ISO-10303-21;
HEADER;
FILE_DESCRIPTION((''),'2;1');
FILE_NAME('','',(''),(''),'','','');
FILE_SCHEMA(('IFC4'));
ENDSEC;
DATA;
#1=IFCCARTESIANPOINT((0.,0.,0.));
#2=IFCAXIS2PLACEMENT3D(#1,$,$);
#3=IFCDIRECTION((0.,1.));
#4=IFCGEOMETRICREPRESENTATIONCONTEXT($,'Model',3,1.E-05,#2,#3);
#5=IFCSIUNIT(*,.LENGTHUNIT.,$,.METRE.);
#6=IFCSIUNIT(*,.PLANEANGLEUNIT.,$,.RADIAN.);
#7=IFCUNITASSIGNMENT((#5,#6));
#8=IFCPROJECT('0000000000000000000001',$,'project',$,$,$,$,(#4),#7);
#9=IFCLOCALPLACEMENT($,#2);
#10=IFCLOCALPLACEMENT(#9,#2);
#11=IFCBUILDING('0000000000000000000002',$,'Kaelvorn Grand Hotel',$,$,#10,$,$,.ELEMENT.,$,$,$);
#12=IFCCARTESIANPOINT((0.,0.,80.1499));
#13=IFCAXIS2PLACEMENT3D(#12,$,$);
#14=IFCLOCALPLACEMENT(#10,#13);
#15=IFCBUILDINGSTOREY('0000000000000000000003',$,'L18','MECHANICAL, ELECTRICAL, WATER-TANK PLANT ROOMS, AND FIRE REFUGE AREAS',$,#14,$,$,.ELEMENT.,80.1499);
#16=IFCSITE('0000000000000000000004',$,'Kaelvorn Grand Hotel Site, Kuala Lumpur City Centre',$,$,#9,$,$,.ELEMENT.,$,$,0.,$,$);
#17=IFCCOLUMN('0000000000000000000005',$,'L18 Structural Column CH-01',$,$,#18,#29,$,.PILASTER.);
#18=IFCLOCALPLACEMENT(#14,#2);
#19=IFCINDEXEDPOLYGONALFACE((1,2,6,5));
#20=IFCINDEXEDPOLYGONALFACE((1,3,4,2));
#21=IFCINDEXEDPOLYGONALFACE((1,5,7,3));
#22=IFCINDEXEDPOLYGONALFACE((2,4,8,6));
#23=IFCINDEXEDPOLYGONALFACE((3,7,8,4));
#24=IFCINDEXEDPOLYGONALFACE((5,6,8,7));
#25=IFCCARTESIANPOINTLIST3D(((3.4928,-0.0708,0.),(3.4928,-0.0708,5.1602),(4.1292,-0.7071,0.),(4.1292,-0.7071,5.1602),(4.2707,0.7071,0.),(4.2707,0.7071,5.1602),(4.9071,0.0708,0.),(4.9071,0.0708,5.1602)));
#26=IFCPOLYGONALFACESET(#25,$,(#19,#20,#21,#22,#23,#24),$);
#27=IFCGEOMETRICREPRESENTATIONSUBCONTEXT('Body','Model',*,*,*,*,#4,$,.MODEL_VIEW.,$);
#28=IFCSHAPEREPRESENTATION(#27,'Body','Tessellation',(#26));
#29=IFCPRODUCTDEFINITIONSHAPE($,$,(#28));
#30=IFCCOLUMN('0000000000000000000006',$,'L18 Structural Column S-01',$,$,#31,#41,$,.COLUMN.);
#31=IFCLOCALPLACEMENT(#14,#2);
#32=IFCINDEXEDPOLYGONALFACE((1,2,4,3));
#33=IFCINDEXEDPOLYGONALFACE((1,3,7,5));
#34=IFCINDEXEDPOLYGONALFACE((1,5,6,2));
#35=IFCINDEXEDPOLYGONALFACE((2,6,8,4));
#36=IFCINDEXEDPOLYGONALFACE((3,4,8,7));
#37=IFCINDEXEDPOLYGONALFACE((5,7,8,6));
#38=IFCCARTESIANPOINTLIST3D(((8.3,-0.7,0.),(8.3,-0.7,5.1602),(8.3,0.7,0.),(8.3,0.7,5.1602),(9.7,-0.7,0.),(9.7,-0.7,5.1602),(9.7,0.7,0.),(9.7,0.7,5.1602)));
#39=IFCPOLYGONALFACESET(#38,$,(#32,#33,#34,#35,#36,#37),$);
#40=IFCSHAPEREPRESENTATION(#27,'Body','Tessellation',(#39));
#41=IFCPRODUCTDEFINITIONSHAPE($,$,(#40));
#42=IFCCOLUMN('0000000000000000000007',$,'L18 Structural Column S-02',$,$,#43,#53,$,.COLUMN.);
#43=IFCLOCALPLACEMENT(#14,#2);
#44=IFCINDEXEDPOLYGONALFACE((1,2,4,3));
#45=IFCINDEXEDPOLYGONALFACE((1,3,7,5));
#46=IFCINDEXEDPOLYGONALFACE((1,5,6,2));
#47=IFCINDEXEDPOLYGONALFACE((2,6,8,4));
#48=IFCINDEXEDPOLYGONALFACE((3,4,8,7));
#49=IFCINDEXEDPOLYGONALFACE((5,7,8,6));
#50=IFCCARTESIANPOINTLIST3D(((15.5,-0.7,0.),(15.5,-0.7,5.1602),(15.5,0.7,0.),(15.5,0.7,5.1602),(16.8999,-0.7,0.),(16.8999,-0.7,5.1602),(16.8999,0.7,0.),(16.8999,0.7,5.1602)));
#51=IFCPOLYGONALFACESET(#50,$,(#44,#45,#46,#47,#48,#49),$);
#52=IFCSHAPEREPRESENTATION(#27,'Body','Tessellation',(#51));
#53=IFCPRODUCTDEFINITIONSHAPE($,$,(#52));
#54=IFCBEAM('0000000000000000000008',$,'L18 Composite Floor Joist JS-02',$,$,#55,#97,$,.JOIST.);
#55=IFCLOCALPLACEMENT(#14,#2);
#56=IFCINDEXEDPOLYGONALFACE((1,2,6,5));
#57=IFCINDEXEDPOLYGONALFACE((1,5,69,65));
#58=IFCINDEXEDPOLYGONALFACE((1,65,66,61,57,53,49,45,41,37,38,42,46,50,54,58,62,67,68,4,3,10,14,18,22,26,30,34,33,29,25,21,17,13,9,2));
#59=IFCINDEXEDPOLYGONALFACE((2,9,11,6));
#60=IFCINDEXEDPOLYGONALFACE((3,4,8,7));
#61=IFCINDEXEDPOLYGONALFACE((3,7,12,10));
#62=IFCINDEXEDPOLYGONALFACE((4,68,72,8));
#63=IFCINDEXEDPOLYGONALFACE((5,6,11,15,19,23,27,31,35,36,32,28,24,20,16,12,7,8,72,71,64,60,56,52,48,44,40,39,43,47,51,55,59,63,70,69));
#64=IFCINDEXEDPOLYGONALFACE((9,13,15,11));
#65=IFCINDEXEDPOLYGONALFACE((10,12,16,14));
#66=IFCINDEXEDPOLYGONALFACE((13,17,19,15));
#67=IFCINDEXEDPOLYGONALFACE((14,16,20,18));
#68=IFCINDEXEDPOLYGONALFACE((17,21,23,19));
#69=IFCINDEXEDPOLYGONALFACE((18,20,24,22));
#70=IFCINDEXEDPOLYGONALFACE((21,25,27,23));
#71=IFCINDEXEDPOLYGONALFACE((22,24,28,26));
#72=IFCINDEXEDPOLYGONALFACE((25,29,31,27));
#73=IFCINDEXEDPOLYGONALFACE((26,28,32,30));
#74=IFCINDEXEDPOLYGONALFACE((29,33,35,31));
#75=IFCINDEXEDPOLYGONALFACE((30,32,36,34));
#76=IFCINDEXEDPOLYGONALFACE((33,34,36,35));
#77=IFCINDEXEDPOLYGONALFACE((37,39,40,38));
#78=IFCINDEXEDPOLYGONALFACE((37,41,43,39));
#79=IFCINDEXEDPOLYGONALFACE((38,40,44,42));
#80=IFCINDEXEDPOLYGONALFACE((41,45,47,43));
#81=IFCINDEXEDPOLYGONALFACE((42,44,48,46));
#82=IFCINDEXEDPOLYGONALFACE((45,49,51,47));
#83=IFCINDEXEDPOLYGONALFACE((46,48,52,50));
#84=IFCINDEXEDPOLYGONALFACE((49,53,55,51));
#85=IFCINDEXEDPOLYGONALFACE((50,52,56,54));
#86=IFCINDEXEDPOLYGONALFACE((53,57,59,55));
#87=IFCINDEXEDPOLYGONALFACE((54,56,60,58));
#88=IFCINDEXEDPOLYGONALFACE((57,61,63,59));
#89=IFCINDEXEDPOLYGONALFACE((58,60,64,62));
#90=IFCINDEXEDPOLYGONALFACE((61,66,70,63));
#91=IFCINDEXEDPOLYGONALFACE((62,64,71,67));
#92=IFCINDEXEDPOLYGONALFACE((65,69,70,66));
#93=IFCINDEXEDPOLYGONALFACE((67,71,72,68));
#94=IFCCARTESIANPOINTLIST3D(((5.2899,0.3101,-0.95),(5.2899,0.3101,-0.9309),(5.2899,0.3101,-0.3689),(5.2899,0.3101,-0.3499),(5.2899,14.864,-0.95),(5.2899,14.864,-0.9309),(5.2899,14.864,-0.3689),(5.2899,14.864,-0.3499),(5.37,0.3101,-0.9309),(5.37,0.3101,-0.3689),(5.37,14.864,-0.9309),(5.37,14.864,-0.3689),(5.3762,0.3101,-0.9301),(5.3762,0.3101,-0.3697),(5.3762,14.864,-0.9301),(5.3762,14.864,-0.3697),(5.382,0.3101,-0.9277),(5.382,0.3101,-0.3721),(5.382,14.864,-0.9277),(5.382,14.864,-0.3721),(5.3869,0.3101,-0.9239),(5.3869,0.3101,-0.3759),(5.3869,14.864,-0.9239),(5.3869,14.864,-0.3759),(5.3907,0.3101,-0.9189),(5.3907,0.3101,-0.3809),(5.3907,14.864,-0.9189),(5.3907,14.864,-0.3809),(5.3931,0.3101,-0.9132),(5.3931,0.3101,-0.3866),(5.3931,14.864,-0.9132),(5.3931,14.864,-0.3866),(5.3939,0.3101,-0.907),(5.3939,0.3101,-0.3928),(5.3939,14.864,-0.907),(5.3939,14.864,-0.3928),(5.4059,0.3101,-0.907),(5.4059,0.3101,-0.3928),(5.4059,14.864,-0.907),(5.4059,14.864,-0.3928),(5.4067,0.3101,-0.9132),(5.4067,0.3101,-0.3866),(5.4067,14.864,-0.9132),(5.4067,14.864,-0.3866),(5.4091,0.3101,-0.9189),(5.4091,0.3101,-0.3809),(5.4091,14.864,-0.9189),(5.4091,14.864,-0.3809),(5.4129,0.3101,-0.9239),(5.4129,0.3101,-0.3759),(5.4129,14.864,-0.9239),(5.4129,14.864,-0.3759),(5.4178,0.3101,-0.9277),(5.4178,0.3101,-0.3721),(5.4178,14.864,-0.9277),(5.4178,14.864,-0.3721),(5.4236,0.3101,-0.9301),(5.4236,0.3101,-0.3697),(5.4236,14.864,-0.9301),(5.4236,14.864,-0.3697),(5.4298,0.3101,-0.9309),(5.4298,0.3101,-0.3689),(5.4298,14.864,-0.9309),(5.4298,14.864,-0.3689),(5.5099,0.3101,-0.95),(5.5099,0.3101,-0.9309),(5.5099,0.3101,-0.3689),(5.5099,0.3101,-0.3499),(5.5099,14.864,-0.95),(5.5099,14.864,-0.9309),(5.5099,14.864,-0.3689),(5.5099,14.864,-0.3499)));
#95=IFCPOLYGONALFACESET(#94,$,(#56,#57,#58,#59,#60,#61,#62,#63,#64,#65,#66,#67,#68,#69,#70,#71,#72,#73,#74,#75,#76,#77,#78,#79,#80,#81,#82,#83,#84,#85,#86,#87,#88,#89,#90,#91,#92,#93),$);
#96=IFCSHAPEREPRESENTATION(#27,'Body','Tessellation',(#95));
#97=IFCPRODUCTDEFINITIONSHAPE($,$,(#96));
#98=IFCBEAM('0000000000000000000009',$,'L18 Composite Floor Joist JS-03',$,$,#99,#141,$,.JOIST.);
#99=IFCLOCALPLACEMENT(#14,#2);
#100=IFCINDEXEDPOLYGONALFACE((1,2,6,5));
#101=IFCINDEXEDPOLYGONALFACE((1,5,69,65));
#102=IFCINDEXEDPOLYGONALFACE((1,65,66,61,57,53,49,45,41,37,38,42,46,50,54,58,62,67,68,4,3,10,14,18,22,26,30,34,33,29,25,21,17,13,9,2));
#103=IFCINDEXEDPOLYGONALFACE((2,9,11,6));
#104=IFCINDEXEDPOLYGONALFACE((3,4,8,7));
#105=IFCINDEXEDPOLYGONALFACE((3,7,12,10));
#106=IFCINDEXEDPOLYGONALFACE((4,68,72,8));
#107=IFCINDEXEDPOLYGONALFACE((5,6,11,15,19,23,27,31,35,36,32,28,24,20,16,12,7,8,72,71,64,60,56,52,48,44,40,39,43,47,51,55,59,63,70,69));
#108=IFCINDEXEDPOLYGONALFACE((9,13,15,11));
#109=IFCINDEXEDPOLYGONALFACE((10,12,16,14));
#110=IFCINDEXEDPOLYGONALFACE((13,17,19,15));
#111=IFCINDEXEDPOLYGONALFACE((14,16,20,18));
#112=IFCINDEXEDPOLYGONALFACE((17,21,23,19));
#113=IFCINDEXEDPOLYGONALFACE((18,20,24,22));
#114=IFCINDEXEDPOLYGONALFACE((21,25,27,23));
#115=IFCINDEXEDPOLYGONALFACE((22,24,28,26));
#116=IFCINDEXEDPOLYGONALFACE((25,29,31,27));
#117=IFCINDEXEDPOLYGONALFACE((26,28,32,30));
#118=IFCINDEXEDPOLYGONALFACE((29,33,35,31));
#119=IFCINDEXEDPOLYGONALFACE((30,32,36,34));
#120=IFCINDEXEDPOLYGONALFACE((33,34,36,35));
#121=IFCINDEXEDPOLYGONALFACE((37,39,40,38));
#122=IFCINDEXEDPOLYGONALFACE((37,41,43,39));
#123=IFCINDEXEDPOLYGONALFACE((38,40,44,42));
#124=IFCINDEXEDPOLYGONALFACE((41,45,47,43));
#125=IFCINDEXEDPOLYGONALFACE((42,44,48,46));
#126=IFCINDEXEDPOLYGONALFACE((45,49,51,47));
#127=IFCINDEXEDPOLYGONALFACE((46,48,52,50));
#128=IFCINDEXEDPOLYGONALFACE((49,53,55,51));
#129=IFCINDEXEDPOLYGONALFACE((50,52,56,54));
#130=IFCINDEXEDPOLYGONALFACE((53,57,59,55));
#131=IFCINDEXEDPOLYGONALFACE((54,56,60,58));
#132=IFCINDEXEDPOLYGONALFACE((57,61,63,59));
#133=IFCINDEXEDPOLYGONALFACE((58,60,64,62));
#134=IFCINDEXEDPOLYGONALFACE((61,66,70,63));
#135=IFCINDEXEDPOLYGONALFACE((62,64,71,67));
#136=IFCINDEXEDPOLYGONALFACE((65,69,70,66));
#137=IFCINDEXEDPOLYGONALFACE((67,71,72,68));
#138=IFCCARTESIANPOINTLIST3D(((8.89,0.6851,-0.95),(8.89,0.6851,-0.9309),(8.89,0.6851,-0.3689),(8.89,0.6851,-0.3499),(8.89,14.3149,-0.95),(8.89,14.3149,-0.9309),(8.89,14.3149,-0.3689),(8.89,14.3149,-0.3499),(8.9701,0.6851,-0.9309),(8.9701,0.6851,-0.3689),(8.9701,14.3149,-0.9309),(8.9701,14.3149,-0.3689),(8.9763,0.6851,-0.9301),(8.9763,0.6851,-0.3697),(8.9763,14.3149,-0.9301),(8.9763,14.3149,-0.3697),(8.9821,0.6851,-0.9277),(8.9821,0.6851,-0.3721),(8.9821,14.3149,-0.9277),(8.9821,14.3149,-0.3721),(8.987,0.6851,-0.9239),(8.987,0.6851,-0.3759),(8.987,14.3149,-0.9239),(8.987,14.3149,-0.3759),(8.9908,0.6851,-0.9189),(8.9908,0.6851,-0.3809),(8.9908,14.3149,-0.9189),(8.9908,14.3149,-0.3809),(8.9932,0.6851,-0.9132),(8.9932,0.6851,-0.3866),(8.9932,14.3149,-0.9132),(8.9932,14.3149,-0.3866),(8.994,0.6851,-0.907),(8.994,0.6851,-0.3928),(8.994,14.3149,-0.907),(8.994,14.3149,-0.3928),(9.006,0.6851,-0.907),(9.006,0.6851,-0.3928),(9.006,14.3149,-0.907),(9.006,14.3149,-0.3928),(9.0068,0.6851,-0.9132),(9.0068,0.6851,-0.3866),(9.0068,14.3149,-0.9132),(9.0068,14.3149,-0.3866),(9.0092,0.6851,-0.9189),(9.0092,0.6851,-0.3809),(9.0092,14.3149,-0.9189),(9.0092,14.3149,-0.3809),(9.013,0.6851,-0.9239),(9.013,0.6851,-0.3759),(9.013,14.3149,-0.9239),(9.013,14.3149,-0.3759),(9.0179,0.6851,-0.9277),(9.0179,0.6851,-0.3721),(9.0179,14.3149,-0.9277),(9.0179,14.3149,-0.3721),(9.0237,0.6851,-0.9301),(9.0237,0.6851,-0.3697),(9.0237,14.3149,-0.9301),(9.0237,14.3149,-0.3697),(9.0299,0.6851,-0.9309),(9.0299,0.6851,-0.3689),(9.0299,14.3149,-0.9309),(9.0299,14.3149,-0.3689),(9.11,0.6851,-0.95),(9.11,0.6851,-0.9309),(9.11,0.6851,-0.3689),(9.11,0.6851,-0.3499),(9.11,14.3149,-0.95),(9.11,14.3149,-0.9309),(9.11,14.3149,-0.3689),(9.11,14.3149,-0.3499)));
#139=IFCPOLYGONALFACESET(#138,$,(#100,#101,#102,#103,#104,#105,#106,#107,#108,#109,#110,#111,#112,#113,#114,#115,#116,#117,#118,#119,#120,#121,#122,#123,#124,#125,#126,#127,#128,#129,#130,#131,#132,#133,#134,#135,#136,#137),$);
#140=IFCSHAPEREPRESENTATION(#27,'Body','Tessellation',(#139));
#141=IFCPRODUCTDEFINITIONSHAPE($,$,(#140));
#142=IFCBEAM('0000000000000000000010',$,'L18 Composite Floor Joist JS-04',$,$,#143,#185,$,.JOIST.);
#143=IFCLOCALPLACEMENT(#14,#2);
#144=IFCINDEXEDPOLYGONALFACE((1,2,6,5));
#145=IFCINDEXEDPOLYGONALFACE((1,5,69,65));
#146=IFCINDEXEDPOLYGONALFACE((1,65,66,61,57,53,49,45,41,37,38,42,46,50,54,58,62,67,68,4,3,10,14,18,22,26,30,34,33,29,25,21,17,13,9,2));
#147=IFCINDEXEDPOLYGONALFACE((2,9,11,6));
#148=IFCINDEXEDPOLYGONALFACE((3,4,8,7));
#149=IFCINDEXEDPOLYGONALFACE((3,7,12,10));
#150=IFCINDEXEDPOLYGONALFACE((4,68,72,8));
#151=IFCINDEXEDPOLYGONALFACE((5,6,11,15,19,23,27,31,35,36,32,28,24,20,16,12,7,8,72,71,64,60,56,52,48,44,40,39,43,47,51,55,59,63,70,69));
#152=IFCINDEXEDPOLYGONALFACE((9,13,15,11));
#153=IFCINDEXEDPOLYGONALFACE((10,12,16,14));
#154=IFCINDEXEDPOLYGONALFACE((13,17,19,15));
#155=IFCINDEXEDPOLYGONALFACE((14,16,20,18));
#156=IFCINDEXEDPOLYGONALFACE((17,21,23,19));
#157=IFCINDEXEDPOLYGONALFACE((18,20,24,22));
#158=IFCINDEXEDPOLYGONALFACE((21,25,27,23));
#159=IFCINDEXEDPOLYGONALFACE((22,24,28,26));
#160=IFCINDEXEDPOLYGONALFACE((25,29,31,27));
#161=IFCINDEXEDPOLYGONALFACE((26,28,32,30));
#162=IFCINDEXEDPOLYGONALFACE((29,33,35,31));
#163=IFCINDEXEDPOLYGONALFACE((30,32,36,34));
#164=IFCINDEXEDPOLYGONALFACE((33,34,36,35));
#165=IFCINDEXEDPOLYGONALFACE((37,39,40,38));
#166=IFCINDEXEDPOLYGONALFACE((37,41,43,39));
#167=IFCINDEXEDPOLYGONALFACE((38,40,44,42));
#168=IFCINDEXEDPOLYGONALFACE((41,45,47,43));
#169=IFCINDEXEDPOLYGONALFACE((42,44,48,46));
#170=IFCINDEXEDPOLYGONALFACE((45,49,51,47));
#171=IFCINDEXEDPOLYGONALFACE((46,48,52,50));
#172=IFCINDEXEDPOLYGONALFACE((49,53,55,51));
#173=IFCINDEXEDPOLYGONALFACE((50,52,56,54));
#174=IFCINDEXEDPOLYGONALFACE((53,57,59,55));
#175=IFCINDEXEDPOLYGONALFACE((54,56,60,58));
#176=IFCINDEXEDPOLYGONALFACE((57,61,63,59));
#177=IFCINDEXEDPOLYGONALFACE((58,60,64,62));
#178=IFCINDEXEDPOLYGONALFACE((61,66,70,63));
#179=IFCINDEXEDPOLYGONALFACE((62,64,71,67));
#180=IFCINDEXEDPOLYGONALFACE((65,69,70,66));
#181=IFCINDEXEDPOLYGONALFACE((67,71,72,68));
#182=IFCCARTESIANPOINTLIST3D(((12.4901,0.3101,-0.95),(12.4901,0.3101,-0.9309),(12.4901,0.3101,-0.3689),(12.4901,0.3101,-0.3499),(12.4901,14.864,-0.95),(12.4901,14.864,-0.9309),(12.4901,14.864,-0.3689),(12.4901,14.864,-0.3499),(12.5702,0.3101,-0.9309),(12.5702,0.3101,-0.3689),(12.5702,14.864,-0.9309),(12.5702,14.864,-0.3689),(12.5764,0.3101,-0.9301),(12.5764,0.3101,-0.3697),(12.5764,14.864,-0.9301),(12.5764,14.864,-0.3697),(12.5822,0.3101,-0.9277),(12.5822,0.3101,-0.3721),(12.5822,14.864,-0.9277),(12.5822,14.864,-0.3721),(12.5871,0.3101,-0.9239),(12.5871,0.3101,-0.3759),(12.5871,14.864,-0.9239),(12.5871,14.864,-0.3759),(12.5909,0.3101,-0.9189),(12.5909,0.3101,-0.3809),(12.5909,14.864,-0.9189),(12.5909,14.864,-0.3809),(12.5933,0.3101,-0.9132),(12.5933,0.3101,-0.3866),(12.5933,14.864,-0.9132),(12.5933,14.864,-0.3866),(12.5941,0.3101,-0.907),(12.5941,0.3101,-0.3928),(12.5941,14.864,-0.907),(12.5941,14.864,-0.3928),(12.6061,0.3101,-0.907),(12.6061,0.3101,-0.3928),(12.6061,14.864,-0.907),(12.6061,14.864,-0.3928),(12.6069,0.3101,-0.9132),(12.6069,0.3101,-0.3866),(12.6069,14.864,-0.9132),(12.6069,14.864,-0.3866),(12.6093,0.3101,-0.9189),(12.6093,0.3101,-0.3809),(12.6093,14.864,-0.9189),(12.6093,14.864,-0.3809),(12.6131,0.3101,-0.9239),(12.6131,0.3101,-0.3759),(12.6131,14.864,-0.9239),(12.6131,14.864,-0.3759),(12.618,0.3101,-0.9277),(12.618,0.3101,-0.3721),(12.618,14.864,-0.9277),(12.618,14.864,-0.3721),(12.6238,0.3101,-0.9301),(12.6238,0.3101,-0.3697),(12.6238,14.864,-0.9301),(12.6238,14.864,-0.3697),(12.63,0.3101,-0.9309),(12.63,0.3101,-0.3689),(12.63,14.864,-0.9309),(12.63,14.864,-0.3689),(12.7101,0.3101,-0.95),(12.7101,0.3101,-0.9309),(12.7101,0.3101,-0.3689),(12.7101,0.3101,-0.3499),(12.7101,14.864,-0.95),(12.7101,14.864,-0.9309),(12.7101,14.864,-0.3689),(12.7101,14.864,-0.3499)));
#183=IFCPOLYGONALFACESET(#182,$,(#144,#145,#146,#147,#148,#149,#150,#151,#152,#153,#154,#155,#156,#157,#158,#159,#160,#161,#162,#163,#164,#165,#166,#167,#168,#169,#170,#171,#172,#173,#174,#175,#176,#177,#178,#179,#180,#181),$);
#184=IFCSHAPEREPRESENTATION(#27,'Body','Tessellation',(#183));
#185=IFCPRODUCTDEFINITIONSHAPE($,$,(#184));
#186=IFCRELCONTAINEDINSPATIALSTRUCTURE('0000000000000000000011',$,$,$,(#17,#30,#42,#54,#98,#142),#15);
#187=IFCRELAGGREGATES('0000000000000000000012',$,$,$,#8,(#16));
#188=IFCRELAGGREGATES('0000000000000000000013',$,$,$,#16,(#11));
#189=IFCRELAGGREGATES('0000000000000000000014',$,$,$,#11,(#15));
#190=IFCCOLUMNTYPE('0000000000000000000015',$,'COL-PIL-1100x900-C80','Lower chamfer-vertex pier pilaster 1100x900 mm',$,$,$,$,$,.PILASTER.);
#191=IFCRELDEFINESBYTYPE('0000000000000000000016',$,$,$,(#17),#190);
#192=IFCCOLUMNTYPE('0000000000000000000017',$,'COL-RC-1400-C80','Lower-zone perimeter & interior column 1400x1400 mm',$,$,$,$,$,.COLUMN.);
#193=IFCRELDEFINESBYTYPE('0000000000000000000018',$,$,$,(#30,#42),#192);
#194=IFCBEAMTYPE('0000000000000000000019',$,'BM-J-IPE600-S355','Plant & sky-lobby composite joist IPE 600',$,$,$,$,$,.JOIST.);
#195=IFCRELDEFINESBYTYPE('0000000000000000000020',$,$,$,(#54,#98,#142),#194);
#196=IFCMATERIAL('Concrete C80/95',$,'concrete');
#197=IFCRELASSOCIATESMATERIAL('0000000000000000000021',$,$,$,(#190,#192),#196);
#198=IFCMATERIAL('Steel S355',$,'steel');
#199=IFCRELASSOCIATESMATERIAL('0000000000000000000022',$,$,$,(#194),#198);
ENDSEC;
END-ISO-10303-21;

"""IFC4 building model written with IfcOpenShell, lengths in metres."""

from ifc_helpers import new_model, si_unit, direction, frame, origin, origin_2d, place, context, subcontext, project, spatial, rectangle, i_section, extrude, material, material_profile, profile_set, type_object, element, save


model = new_model("IFC4")

# Units and contexts
model_context = context("Model", 3, precision=1e-05, world=origin(), true_north=direction((0.0, 1.0)))
body_context = subcontext(model_context, "Body", "Model", "MODEL_VIEW")
ifc_project = project(units=[si_unit("LENGTHUNIT", "METRE"), si_unit("PLANEANGLEUNIT", "RADIAN")], contexts=[model_context])

# Site, building, storey
site_placement = place(None, origin())
site = spatial("IfcSite", under=ifc_project, at=site_placement, Name="Kaelvorn Grand Hotel Site, Kuala Lumpur City Centre", CompositionType="ELEMENT", RefElevation=0.0)
building_placement = place(site_placement, origin())
building = spatial("IfcBuilding", under=site, at=building_placement, Name="Kaelvorn Grand Hotel", CompositionType="ELEMENT")
storey_placement = place(building_placement, frame((0.0, 0.0, 80.1499)))
storey = spatial("IfcBuildingStorey", under=building, at=storey_placement, Name="L18", Description="MECHANICAL, ELECTRICAL, WATER-TANK PLANT ROOMS, AND FIRE REFUGE AREAS", CompositionType="ELEMENT", Elevation=80.1499)

# Columns
ifc_material_1 = material(Name="Concrete C80/95", Category="concrete")
ifc_material_profile_1 = material_profile(ifc_material_1, rectangle(XDim=1.1001, YDim=0.8999, at=origin_2d()), Name="RC PILASTER 1100x900")
ifc_profile_set_1 = profile_set([ifc_material_profile_1], Name="Concrete C80/95")
column_type_1 = type_object("IfcColumnType", Name="COL-PIL-1100x900-C80", Description="Lower chamfer-vertex pier pilaster 1100x900 mm", PredefinedType="PILASTER", material=ifc_profile_set_1)
column_placement = place(storey_placement, frame((4.2, 0.0, 0.0), z_axis=(0.0, 0.0, 1.0), x_axis=(0.707107, 0.707107, 0.0)))
element("IfcColumn", 1, at=column_placement, inside=storey, type_object=column_type_1, Name="L18 Structural Column CH-01", PredefinedType="PILASTER", context=body_context, shape_type="SweptSolid", body=[
    extrude(rectangle(XDim=1.1001, YDim=0.8999, at=origin_2d()), origin(), (0.0, 0.0, 1.0), 5.1602),
])
ifc_material_profile_2 = material_profile(ifc_material_1, rectangle(XDim=1.3999, YDim=1.3999, at=origin_2d()), Name="RC COL 1400x1400")
ifc_profile_set_2 = profile_set([ifc_material_profile_2], Name="Concrete C80/95")
column_type_2 = type_object("IfcColumnType", Name="COL-RC-1400-C80", Description="Lower-zone perimeter & interior column 1400x1400 mm", PredefinedType="COLUMN", material=ifc_profile_set_2)
for number, where, z_axis, x_axis, name in (
    (2, (9.0, 0.0, 0.0), (0.0, 0.0, 1.0), (1.0, 0.0, 0.0), "L18 Structural Column S-01"),
    (3, (16.2, 0.0, 0.0), (0.0, 0.0, 1.0), (1.0, 0.0, 0.0), "L18 Structural Column S-02"),
):
    element("IfcColumn", number, at=place(storey_placement, frame(where, z_axis=z_axis, x_axis=x_axis)), inside=storey, type_object=column_type_2, Name=name, PredefinedType="COLUMN", context=body_context, shape_type="SweptSolid", body=[
        extrude(rectangle(XDim=1.3999, YDim=1.3999, at=origin_2d()), origin(), (0.0, 0.0, 1.0), 5.1602),
    ])

# Beams
ifc_material_2 = material(Name="Steel S355", Category="steel")
ifc_material_profile_3 = material_profile(ifc_material_2, i_section(OverallWidth=0.22, OverallDepth=0.6001, WebThickness=0.012, FlangeThickness=0.019, FilletRadius=0.0239, at=origin_2d()), Name="IPE 600")
ifc_profile_set_3 = profile_set([ifc_material_profile_3], Name="Steel S355")
beam_type_1 = type_object("IfcBeamType", Name="BM-J-IPE600-S355", Description="Plant & sky-lobby composite joist IPE 600", PredefinedType="JOIST", material=ifc_profile_set_3)
beam_1_placement = place(storey_placement, frame((5.3999, 0.3101, -0.6499), z_axis=(0.0, 1.0, 0.0), x_axis=(-1.0, 0.0, 0.0)))
element("IfcBeam", 4, at=beam_1_placement, inside=storey, type_object=beam_type_1, Name="L18 Composite Floor Joist JS-02", PredefinedType="JOIST", context=body_context, shape_type="SweptSolid", body=[
    extrude(i_section(OverallWidth=0.22, OverallDepth=0.6001, WebThickness=0.012, FlangeThickness=0.019, FilletRadius=0.0239, at=origin_2d()), origin(), (0.0, 0.0, 1.0), 14.554),
])
beam_2_placement = place(storey_placement, frame((9.0, 0.6851, -0.6499), z_axis=(0.0, 1.0, 0.0), x_axis=(-1.0, 0.0, 0.0)))
element("IfcBeam", 5, at=beam_2_placement, inside=storey, type_object=beam_type_1, Name="L18 Composite Floor Joist JS-03", PredefinedType="JOIST", context=body_context, shape_type="SweptSolid", body=[
    extrude(i_section(OverallWidth=0.22, OverallDepth=0.6001, WebThickness=0.012, FlangeThickness=0.019, FilletRadius=0.0239, at=origin_2d()), origin(), (0.0, 0.0, 1.0), 13.6299),
])
beam_3_placement = place(storey_placement, frame((12.6001, 0.3101, -0.6499), z_axis=(0.0, 1.0, 0.0), x_axis=(-1.0, 0.0, 0.0)))
element("IfcBeam", 6, at=beam_3_placement, inside=storey, type_object=beam_type_1, Name="L18 Composite Floor Joist JS-04", PredefinedType="JOIST", context=body_context, shape_type="SweptSolid", body=[
    extrude(i_section(OverallWidth=0.22, OverallDepth=0.6001, WebThickness=0.012, FlangeThickness=0.019, FilletRadius=0.0239, at=origin_2d()), origin(), (0.0, 0.0, 1.0), 14.554),
])

save(model, "model.ifc")
